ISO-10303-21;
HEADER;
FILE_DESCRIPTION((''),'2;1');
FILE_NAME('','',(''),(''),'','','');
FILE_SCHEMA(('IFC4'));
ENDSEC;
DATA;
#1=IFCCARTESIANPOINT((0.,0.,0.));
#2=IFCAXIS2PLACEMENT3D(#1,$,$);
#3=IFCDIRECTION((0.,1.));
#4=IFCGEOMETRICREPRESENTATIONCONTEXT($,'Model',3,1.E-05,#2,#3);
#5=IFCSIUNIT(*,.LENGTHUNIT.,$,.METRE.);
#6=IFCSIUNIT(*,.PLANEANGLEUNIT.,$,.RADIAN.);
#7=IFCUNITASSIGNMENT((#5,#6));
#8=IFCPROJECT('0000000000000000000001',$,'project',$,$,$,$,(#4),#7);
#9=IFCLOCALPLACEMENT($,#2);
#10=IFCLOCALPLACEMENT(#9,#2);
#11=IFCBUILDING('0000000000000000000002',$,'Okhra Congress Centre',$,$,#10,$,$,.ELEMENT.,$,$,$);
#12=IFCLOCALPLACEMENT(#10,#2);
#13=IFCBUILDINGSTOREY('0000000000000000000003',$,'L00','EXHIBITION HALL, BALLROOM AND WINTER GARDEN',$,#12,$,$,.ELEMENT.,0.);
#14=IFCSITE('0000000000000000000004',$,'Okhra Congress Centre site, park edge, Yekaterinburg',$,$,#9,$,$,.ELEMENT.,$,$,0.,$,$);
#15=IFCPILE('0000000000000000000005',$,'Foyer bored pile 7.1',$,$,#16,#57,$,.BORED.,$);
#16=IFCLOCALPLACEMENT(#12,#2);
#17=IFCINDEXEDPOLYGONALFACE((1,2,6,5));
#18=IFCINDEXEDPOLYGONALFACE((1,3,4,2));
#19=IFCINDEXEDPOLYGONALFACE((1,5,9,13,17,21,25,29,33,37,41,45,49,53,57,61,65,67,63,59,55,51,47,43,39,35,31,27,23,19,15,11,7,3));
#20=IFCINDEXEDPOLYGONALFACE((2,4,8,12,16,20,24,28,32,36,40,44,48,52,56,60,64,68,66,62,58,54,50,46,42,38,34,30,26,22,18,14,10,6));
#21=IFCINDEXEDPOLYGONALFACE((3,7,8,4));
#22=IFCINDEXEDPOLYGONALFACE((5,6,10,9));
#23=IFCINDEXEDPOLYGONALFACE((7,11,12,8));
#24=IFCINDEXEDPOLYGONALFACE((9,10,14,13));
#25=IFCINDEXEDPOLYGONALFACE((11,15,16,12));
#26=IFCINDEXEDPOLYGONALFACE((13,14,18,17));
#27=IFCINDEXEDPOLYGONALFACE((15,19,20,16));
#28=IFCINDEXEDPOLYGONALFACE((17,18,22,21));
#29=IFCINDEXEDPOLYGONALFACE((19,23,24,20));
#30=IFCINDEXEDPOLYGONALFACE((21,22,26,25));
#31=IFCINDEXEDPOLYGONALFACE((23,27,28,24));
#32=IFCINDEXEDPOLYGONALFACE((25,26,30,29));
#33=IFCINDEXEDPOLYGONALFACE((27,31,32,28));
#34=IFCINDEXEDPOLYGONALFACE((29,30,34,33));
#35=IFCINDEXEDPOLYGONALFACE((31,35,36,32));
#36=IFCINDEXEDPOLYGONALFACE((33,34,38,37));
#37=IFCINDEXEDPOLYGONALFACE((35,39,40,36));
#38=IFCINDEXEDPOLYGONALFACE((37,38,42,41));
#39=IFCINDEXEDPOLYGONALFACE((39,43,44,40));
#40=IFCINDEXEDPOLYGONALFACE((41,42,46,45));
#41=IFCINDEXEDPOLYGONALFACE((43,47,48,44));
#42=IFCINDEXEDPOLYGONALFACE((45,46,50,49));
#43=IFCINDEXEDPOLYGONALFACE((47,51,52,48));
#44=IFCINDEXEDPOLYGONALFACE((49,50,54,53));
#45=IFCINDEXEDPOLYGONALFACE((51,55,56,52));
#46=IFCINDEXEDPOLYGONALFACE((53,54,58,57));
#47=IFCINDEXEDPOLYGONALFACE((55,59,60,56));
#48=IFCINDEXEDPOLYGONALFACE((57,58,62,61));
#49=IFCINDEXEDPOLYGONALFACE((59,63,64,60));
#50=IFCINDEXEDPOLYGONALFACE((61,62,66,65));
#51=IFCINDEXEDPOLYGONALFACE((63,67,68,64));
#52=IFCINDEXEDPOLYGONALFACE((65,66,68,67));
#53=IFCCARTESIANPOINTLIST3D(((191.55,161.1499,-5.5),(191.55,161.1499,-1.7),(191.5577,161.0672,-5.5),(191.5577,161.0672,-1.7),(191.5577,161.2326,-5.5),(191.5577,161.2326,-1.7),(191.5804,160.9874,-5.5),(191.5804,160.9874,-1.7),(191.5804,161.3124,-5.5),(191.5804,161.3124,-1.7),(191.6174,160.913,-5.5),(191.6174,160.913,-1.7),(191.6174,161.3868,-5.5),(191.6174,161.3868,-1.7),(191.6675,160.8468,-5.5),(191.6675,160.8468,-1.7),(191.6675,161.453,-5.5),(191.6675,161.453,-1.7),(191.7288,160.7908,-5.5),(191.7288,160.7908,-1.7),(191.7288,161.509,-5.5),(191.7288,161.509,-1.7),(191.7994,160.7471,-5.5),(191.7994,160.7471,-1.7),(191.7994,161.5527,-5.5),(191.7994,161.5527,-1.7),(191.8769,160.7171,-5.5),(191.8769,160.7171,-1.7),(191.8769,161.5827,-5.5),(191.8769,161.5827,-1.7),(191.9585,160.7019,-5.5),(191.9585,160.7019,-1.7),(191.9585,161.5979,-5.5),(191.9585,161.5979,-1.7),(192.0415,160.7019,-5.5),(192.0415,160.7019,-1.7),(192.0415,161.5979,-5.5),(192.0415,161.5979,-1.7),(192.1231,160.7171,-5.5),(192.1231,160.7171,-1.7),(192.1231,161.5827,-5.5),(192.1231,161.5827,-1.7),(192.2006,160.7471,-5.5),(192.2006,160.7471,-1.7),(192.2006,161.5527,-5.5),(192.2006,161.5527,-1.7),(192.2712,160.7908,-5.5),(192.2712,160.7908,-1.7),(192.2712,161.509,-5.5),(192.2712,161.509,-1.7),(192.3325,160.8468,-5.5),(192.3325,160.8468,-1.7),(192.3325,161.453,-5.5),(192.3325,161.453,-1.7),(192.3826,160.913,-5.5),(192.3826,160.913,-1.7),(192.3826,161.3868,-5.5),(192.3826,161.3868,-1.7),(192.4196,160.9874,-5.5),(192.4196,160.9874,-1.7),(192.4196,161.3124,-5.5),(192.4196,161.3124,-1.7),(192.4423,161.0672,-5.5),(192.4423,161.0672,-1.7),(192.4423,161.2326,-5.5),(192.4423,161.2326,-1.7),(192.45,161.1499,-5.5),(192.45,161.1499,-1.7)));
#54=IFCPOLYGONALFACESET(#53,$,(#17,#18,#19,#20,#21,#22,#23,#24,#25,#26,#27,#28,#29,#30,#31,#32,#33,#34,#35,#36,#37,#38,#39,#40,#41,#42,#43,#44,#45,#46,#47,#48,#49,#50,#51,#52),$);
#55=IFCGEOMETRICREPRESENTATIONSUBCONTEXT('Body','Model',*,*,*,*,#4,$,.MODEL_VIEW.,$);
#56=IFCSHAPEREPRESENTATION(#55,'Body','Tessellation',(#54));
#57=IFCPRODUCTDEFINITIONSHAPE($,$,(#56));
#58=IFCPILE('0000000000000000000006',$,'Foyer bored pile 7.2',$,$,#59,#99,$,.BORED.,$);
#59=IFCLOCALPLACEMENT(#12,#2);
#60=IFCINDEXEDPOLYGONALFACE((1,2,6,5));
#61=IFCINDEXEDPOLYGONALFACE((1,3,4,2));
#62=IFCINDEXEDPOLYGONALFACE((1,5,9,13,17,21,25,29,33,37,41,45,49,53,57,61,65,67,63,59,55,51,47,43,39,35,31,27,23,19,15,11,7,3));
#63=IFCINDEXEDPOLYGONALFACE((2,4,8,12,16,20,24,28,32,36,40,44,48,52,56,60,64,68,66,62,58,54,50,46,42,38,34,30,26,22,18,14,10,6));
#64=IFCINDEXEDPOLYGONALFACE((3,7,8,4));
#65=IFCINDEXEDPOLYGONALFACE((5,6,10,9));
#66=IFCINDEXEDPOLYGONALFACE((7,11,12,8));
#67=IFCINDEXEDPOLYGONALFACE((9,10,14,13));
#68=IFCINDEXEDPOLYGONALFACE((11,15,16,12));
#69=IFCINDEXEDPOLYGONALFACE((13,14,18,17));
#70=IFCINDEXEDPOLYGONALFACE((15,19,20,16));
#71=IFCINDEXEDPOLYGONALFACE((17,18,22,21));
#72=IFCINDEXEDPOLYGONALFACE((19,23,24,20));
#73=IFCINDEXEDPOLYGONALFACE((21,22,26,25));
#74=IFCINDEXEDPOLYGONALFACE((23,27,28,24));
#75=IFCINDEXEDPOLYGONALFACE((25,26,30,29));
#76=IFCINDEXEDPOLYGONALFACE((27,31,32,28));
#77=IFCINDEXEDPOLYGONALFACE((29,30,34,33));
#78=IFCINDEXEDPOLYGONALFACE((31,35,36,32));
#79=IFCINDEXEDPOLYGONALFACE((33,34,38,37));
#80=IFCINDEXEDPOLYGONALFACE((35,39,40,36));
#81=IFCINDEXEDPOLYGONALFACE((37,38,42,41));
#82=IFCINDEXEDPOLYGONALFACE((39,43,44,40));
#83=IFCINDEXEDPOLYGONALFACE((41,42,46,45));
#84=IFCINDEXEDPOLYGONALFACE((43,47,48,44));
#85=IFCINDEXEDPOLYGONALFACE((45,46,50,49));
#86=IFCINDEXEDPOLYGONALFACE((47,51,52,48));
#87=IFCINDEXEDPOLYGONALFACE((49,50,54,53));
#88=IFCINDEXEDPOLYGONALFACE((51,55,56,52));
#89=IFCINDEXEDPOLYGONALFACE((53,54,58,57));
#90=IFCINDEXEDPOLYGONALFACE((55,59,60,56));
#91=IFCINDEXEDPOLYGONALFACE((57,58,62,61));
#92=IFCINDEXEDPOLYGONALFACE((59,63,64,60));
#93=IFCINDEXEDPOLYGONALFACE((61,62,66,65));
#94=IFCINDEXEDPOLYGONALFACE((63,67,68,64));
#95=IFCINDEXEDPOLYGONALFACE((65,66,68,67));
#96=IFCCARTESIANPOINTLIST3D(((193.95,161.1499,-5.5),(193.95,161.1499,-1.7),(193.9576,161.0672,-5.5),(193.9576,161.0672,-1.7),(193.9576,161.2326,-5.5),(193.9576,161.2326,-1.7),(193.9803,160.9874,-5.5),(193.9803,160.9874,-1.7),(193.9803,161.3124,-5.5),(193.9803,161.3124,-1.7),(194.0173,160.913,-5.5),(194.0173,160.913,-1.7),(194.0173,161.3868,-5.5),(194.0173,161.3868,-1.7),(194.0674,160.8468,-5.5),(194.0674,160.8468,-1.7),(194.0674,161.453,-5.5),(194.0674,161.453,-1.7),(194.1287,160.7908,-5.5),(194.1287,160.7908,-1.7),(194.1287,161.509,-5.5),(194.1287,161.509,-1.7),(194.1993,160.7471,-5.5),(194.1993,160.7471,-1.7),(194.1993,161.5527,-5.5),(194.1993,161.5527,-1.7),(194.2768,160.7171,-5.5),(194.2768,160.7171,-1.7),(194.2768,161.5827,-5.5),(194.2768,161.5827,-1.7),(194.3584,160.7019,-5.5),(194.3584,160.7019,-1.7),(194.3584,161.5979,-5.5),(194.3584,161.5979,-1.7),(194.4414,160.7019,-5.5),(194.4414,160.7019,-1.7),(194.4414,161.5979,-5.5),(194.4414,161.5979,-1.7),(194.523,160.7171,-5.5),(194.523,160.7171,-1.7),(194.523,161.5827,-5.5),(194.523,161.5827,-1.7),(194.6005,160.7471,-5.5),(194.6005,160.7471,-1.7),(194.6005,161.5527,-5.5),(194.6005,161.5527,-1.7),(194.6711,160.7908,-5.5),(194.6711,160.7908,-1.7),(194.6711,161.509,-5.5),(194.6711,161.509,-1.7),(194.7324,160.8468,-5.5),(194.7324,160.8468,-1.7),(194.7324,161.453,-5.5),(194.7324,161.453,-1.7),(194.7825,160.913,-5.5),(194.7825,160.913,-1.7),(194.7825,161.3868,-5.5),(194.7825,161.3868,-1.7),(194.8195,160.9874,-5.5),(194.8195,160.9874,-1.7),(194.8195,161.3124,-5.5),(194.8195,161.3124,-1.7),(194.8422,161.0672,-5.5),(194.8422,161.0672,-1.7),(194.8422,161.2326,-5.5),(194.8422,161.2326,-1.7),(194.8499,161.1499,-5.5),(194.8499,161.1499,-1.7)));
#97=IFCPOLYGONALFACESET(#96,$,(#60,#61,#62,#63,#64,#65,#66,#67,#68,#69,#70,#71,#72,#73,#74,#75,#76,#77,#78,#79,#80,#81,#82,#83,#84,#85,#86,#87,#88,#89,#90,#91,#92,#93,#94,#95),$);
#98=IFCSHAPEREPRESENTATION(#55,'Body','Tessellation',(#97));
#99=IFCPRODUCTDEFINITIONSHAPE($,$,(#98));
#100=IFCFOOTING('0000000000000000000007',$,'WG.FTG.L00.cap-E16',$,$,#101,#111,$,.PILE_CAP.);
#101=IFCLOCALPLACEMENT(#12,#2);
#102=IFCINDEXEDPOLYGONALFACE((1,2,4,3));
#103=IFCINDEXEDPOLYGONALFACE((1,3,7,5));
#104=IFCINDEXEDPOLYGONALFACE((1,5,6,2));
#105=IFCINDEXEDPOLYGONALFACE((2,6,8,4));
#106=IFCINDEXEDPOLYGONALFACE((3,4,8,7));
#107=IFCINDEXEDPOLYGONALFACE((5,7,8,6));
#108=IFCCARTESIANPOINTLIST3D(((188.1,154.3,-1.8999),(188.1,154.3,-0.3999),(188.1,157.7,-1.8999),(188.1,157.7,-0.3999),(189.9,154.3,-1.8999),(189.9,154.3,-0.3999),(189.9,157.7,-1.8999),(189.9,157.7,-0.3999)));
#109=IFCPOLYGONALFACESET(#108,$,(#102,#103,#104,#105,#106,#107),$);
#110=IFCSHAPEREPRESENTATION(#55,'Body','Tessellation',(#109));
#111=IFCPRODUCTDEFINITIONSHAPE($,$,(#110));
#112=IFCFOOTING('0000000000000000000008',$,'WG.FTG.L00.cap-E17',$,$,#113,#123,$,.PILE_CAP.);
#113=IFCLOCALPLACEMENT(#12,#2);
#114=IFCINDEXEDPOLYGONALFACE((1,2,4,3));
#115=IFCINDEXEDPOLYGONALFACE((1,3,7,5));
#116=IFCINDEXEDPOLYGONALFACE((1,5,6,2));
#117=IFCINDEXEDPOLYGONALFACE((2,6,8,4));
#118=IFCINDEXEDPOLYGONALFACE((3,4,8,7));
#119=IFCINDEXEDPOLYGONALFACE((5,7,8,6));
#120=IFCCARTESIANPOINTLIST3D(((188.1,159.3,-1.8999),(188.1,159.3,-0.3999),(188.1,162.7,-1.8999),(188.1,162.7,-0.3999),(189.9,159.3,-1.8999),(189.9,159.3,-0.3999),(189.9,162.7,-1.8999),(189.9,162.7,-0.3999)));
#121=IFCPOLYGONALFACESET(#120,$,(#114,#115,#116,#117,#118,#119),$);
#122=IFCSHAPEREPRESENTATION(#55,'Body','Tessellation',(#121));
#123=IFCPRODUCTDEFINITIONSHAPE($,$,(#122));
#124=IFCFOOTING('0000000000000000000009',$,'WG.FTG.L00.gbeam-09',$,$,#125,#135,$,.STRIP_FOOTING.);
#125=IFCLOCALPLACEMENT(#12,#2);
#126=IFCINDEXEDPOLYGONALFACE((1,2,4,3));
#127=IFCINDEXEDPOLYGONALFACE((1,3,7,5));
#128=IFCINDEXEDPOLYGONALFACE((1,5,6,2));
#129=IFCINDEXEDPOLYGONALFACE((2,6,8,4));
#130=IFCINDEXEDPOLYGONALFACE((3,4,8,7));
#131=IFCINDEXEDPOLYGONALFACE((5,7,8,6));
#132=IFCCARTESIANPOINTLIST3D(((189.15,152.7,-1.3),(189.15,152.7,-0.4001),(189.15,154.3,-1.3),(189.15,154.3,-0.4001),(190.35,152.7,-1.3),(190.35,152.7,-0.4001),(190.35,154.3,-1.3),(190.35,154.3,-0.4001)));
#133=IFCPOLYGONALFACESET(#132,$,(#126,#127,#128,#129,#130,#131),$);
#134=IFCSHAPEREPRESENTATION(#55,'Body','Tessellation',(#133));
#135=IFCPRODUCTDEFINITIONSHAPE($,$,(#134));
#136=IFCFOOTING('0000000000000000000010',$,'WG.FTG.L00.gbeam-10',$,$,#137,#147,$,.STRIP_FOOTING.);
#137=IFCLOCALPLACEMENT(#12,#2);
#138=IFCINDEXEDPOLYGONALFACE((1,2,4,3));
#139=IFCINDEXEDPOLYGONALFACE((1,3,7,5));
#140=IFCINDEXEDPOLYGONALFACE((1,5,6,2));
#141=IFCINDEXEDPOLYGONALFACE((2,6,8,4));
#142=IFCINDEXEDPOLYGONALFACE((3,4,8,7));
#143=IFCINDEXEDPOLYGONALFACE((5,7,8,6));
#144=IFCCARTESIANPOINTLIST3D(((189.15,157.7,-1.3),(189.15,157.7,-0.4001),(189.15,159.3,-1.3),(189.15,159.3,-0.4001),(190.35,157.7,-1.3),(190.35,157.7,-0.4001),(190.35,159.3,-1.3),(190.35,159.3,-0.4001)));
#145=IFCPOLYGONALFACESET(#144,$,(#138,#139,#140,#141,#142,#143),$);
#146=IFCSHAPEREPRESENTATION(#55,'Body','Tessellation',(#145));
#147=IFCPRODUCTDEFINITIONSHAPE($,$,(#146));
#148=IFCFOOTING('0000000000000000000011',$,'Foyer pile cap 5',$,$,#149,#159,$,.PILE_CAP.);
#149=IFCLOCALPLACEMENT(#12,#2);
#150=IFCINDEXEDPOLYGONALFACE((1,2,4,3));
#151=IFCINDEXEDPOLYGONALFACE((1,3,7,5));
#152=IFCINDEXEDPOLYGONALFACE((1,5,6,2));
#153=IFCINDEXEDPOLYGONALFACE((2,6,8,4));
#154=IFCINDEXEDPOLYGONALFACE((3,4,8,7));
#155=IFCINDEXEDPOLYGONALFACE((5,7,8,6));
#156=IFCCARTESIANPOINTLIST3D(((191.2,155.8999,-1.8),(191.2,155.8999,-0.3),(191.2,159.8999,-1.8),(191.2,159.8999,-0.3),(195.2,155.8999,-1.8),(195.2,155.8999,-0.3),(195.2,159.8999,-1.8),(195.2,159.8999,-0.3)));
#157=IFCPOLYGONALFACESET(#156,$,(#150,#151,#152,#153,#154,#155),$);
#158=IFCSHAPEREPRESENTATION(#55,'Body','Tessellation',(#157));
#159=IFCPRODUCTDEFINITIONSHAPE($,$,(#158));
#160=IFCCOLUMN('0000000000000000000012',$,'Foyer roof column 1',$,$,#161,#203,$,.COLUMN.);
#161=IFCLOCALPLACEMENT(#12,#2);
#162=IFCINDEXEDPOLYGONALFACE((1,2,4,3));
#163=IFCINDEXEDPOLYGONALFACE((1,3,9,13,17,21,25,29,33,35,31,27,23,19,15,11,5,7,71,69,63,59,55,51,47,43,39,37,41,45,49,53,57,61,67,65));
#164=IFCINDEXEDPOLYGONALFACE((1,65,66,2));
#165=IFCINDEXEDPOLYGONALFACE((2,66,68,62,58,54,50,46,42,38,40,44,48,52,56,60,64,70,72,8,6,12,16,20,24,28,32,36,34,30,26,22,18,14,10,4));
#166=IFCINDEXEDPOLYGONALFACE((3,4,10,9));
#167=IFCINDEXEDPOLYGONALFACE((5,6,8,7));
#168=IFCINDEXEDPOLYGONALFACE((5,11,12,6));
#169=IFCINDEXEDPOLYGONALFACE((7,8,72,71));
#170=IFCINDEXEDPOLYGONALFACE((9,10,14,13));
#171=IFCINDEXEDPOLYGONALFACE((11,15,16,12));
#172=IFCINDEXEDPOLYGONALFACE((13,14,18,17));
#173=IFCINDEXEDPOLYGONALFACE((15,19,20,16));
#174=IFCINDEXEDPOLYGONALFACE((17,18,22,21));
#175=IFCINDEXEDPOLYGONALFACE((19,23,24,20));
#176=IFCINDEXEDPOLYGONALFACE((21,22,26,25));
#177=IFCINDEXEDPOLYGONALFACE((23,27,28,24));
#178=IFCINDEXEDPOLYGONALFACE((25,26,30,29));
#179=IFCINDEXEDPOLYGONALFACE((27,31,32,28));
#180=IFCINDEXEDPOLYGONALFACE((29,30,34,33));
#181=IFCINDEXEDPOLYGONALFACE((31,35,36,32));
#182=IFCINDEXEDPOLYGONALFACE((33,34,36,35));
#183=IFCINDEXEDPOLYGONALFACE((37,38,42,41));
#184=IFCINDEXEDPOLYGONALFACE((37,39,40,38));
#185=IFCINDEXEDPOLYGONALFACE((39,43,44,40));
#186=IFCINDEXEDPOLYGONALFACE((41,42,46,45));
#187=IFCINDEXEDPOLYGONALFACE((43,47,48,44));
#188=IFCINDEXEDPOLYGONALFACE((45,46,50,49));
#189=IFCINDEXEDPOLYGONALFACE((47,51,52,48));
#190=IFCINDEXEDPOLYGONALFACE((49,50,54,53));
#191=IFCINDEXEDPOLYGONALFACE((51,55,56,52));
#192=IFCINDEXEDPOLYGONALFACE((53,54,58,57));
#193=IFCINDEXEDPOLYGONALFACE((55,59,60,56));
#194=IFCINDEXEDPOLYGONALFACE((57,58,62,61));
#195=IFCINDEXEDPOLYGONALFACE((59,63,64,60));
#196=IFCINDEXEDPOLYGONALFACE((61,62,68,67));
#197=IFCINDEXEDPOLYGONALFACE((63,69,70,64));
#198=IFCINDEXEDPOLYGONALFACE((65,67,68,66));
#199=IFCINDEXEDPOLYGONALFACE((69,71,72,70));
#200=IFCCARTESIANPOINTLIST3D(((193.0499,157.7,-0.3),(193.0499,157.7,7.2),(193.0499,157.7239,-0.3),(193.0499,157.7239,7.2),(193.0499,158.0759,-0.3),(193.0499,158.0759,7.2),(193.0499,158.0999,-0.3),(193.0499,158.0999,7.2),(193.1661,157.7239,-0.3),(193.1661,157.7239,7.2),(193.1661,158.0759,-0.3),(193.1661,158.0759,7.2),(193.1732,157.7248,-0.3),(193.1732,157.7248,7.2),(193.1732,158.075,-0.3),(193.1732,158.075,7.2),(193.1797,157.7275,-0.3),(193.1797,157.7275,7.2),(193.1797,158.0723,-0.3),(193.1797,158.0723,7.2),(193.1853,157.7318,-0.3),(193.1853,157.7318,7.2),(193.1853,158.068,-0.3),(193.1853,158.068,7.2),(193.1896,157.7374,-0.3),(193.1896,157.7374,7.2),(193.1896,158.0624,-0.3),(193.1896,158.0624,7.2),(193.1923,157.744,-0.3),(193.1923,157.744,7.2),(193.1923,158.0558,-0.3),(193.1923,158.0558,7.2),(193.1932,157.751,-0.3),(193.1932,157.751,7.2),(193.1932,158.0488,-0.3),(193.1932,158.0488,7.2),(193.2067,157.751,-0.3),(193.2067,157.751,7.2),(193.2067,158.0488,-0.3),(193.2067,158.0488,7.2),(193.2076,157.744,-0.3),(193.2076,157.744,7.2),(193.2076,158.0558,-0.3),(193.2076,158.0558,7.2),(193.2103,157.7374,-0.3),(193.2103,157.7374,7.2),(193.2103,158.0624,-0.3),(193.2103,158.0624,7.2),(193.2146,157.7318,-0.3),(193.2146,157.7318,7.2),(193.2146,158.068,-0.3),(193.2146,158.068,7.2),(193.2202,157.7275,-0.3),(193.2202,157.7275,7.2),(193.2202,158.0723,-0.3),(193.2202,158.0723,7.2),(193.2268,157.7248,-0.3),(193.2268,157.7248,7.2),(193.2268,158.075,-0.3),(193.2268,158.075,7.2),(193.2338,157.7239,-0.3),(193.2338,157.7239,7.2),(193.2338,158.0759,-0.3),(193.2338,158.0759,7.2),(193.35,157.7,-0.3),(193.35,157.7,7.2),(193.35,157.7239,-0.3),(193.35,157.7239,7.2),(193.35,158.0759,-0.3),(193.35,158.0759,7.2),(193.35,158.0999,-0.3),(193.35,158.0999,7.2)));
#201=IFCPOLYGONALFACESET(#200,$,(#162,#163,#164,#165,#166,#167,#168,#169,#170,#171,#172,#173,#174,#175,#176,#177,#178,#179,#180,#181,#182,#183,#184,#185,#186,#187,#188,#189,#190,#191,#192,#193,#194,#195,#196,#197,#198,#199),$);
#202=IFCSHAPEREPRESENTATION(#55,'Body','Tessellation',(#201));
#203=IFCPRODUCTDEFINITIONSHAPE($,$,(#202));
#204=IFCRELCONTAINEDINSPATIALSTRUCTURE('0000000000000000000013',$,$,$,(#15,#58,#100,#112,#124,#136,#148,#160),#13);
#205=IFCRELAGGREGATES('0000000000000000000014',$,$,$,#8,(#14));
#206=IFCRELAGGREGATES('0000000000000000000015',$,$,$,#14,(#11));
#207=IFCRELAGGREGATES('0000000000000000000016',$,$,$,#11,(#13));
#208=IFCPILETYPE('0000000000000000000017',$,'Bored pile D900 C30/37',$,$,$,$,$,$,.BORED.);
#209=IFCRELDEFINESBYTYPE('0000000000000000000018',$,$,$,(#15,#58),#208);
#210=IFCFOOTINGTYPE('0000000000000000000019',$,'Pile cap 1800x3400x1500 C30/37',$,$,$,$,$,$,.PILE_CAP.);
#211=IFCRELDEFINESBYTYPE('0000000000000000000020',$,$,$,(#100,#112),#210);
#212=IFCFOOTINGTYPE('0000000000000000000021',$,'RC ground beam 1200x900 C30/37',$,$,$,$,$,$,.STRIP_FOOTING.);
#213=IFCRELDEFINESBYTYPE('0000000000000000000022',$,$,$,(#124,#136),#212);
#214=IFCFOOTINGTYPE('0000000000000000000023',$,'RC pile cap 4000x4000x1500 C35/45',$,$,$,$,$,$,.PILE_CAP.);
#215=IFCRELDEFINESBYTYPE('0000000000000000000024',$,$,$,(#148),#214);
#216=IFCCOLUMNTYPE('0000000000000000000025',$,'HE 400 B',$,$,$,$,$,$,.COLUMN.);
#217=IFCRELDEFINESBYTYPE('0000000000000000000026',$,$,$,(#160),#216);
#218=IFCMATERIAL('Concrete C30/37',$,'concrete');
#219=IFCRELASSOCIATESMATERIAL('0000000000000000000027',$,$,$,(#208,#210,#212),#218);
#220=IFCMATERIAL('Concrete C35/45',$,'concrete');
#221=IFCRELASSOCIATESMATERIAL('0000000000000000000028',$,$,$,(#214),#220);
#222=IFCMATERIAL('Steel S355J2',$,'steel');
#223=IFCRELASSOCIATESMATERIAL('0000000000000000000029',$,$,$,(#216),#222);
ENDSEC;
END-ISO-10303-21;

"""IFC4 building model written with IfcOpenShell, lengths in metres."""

from ifc_helpers import new_model, si_unit, direction, frame, origin, origin_2d, place, context, subcontext, project, spatial, rectangle, circle, i_section, extrude, material, material_profile, profile_set, type_object, element, save


model = new_model("IFC4")

# Units and contexts
model_context = context("Model", 3, precision=1e-05, world=origin(), true_north=direction((0.0, 1.0)))
body_context = subcontext(model_context, "Body", "Model", "MODEL_VIEW")
ifc_project = project(units=[si_unit("LENGTHUNIT", "METRE"), si_unit("PLANEANGLEUNIT", "RADIAN")], contexts=[model_context])

# Site, building, storey
site_placement = place(None, origin())
site = spatial("IfcSite", under=ifc_project, at=site_placement, Name="Okhra Congress Centre site, park edge, Yekaterinburg", CompositionType="ELEMENT", RefElevation=0.0)
building_placement = place(site_placement, origin())
building = spatial("IfcBuilding", under=site, at=building_placement, Name="Okhra Congress Centre", CompositionType="ELEMENT")
storey_placement = place(building_placement, origin())
storey = spatial("IfcBuildingStorey", under=building, at=storey_placement, Name="L00", Description="EXHIBITION HALL, BALLROOM AND WINTER GARDEN", CompositionType="ELEMENT", Elevation=0.0)

# Piles
ifc_material_1 = material(Name="Concrete C30/37", Category="concrete")
ifc_material_profile_1 = material_profile(ifc_material_1, circle(Radius=0.45, at=origin_2d()), Name="D900")
ifc_profile_set_1 = profile_set([ifc_material_profile_1], Name="Concrete C30/37")
pile_type_1 = type_object("IfcPileType", Name="Bored pile D900 C30/37", PredefinedType="BORED", material=ifc_profile_set_1)
for number, where, z_axis, x_axis, name in (
    (1, (192.0, 161.1499, -1.7), (0.0, 0.0, -1.0), (1.0, 0.0, 0.0), "Foyer bored pile 7.1"),
    (2, (194.3999, 161.1499, -1.7), (0.0, 0.0, -1.0), (1.0, 0.0, 0.0), "Foyer bored pile 7.2"),
):
    element("IfcPile", number, at=place(storey_placement, frame(where, z_axis=z_axis, x_axis=x_axis)), inside=storey, type_object=pile_type_1, Name=name, PredefinedType="BORED", context=body_context, shape_type="SweptSolid", body=[
        extrude(circle(Radius=0.45, at=origin_2d()), origin(), (0.0, 0.0, 1.0), 3.8),
    ])

# Footings
footing_type_1 = type_object("IfcFootingType", Name="Pile cap 1800x3400x1500 C30/37", PredefinedType="PILE_CAP", material=ifc_material_1)
for number, where, z_axis, x_axis, name in (
    (3, (189.0, 156.0, -1.8999), (0.0, 0.0, 1.0), (1.0, 0.0, 0.0), "WG.FTG.L00.cap-E16"),
    (4, (189.0, 161.0, -1.8999), (0.0, 0.0, 1.0), (1.0, 0.0, 0.0), "WG.FTG.L00.cap-E17"),
):
    element("IfcFooting", number, at=place(storey_placement, frame(where, z_axis=z_axis, x_axis=x_axis)), inside=storey, type_object=footing_type_1, Name=name, PredefinedType="PILE_CAP", context=body_context, shape_type="SweptSolid", body=[
        extrude(rectangle(XDim=1.8, YDim=3.3999, at=origin_2d()), origin(), (0.0, 0.0, 1.0), 1.5),
    ])
footing_type_2 = type_object("IfcFootingType", Name="RC ground beam 1200x900 C30/37", PredefinedType="STRIP_FOOTING", material=ifc_material_1)
for number, where, z_axis, x_axis, name in (
    (5, (189.75, 153.5, -1.3), (0.0, 0.0, 1.0), (1.0, 0.0, 0.0), "WG.FTG.L00.gbeam-09"),
    (6, (189.75, 158.5, -1.3), (0.0, 0.0, 1.0), (1.0, 0.0, 0.0), "WG.FTG.L00.gbeam-10"),
):
    element("IfcFooting", number, at=place(storey_placement, frame(where, z_axis=z_axis, x_axis=x_axis)), inside=storey, type_object=footing_type_2, Name=name, PredefinedType="STRIP_FOOTING", context=body_context, shape_type="SweptSolid", body=[
        extrude(rectangle(XDim=1.2, YDim=1.6001, at=origin_2d()), origin(), (0.0, 0.0, 1.0), 0.8999),
    ])
ifc_material_2 = material(Name="Concrete C35/45", Category="concrete")
footing_type_3 = type_object("IfcFootingType", Name="RC pile cap 4000x4000x1500 C35/45", PredefinedType="PILE_CAP", material=ifc_material_2)
footing_placement = place(storey_placement, frame((193.2, 157.8999, -1.8), z_axis=(0.0, 0.0, 1.0), x_axis=(1.0, 0.0, 0.0)))
element("IfcFooting", 7, at=footing_placement, inside=storey, type_object=footing_type_3, Name="Foyer pile cap 5", PredefinedType="PILE_CAP", context=body_context, shape_type="SweptSolid", body=[
    extrude(rectangle(XDim=4.0, YDim=4.0, at=origin_2d()), origin(), (0.0, 0.0, 1.0), 1.5),
])

# Column
ifc_material_3 = material(Name="Steel S355J2", Category="steel")
ifc_material_profile_2 = material_profile(ifc_material_3, i_section(OverallWidth=0.3, OverallDepth=0.3999, WebThickness=0.0134, FlangeThickness=0.0239, FilletRadius=0.0271, at=origin_2d()), Name="HE 400 B")
ifc_profile_set_2 = profile_set([ifc_material_profile_2], Name="Steel S355J2")
column_type_1 = type_object("IfcColumnType", Name="HE 400 B", PredefinedType="COLUMN", material=ifc_profile_set_2)
column_placement = place(storey_placement, frame((193.2, 157.8999, -0.3), z_axis=(0.0, 0.0, 1.0), x_axis=(1.0, 0.0, 0.0)))
element("IfcColumn", 8, at=column_placement, inside=storey, type_object=column_type_1, Name="Foyer roof column 1", PredefinedType="COLUMN", context=body_context, shape_type="SweptSolid", body=[
    extrude(i_section(OverallWidth=0.3, OverallDepth=0.3999, WebThickness=0.0134, FlangeThickness=0.0239, FilletRadius=0.0271, at=origin_2d()), origin(), (0.0, 0.0, 1.0), 7.5),
])

save(model, "model.ifc")
